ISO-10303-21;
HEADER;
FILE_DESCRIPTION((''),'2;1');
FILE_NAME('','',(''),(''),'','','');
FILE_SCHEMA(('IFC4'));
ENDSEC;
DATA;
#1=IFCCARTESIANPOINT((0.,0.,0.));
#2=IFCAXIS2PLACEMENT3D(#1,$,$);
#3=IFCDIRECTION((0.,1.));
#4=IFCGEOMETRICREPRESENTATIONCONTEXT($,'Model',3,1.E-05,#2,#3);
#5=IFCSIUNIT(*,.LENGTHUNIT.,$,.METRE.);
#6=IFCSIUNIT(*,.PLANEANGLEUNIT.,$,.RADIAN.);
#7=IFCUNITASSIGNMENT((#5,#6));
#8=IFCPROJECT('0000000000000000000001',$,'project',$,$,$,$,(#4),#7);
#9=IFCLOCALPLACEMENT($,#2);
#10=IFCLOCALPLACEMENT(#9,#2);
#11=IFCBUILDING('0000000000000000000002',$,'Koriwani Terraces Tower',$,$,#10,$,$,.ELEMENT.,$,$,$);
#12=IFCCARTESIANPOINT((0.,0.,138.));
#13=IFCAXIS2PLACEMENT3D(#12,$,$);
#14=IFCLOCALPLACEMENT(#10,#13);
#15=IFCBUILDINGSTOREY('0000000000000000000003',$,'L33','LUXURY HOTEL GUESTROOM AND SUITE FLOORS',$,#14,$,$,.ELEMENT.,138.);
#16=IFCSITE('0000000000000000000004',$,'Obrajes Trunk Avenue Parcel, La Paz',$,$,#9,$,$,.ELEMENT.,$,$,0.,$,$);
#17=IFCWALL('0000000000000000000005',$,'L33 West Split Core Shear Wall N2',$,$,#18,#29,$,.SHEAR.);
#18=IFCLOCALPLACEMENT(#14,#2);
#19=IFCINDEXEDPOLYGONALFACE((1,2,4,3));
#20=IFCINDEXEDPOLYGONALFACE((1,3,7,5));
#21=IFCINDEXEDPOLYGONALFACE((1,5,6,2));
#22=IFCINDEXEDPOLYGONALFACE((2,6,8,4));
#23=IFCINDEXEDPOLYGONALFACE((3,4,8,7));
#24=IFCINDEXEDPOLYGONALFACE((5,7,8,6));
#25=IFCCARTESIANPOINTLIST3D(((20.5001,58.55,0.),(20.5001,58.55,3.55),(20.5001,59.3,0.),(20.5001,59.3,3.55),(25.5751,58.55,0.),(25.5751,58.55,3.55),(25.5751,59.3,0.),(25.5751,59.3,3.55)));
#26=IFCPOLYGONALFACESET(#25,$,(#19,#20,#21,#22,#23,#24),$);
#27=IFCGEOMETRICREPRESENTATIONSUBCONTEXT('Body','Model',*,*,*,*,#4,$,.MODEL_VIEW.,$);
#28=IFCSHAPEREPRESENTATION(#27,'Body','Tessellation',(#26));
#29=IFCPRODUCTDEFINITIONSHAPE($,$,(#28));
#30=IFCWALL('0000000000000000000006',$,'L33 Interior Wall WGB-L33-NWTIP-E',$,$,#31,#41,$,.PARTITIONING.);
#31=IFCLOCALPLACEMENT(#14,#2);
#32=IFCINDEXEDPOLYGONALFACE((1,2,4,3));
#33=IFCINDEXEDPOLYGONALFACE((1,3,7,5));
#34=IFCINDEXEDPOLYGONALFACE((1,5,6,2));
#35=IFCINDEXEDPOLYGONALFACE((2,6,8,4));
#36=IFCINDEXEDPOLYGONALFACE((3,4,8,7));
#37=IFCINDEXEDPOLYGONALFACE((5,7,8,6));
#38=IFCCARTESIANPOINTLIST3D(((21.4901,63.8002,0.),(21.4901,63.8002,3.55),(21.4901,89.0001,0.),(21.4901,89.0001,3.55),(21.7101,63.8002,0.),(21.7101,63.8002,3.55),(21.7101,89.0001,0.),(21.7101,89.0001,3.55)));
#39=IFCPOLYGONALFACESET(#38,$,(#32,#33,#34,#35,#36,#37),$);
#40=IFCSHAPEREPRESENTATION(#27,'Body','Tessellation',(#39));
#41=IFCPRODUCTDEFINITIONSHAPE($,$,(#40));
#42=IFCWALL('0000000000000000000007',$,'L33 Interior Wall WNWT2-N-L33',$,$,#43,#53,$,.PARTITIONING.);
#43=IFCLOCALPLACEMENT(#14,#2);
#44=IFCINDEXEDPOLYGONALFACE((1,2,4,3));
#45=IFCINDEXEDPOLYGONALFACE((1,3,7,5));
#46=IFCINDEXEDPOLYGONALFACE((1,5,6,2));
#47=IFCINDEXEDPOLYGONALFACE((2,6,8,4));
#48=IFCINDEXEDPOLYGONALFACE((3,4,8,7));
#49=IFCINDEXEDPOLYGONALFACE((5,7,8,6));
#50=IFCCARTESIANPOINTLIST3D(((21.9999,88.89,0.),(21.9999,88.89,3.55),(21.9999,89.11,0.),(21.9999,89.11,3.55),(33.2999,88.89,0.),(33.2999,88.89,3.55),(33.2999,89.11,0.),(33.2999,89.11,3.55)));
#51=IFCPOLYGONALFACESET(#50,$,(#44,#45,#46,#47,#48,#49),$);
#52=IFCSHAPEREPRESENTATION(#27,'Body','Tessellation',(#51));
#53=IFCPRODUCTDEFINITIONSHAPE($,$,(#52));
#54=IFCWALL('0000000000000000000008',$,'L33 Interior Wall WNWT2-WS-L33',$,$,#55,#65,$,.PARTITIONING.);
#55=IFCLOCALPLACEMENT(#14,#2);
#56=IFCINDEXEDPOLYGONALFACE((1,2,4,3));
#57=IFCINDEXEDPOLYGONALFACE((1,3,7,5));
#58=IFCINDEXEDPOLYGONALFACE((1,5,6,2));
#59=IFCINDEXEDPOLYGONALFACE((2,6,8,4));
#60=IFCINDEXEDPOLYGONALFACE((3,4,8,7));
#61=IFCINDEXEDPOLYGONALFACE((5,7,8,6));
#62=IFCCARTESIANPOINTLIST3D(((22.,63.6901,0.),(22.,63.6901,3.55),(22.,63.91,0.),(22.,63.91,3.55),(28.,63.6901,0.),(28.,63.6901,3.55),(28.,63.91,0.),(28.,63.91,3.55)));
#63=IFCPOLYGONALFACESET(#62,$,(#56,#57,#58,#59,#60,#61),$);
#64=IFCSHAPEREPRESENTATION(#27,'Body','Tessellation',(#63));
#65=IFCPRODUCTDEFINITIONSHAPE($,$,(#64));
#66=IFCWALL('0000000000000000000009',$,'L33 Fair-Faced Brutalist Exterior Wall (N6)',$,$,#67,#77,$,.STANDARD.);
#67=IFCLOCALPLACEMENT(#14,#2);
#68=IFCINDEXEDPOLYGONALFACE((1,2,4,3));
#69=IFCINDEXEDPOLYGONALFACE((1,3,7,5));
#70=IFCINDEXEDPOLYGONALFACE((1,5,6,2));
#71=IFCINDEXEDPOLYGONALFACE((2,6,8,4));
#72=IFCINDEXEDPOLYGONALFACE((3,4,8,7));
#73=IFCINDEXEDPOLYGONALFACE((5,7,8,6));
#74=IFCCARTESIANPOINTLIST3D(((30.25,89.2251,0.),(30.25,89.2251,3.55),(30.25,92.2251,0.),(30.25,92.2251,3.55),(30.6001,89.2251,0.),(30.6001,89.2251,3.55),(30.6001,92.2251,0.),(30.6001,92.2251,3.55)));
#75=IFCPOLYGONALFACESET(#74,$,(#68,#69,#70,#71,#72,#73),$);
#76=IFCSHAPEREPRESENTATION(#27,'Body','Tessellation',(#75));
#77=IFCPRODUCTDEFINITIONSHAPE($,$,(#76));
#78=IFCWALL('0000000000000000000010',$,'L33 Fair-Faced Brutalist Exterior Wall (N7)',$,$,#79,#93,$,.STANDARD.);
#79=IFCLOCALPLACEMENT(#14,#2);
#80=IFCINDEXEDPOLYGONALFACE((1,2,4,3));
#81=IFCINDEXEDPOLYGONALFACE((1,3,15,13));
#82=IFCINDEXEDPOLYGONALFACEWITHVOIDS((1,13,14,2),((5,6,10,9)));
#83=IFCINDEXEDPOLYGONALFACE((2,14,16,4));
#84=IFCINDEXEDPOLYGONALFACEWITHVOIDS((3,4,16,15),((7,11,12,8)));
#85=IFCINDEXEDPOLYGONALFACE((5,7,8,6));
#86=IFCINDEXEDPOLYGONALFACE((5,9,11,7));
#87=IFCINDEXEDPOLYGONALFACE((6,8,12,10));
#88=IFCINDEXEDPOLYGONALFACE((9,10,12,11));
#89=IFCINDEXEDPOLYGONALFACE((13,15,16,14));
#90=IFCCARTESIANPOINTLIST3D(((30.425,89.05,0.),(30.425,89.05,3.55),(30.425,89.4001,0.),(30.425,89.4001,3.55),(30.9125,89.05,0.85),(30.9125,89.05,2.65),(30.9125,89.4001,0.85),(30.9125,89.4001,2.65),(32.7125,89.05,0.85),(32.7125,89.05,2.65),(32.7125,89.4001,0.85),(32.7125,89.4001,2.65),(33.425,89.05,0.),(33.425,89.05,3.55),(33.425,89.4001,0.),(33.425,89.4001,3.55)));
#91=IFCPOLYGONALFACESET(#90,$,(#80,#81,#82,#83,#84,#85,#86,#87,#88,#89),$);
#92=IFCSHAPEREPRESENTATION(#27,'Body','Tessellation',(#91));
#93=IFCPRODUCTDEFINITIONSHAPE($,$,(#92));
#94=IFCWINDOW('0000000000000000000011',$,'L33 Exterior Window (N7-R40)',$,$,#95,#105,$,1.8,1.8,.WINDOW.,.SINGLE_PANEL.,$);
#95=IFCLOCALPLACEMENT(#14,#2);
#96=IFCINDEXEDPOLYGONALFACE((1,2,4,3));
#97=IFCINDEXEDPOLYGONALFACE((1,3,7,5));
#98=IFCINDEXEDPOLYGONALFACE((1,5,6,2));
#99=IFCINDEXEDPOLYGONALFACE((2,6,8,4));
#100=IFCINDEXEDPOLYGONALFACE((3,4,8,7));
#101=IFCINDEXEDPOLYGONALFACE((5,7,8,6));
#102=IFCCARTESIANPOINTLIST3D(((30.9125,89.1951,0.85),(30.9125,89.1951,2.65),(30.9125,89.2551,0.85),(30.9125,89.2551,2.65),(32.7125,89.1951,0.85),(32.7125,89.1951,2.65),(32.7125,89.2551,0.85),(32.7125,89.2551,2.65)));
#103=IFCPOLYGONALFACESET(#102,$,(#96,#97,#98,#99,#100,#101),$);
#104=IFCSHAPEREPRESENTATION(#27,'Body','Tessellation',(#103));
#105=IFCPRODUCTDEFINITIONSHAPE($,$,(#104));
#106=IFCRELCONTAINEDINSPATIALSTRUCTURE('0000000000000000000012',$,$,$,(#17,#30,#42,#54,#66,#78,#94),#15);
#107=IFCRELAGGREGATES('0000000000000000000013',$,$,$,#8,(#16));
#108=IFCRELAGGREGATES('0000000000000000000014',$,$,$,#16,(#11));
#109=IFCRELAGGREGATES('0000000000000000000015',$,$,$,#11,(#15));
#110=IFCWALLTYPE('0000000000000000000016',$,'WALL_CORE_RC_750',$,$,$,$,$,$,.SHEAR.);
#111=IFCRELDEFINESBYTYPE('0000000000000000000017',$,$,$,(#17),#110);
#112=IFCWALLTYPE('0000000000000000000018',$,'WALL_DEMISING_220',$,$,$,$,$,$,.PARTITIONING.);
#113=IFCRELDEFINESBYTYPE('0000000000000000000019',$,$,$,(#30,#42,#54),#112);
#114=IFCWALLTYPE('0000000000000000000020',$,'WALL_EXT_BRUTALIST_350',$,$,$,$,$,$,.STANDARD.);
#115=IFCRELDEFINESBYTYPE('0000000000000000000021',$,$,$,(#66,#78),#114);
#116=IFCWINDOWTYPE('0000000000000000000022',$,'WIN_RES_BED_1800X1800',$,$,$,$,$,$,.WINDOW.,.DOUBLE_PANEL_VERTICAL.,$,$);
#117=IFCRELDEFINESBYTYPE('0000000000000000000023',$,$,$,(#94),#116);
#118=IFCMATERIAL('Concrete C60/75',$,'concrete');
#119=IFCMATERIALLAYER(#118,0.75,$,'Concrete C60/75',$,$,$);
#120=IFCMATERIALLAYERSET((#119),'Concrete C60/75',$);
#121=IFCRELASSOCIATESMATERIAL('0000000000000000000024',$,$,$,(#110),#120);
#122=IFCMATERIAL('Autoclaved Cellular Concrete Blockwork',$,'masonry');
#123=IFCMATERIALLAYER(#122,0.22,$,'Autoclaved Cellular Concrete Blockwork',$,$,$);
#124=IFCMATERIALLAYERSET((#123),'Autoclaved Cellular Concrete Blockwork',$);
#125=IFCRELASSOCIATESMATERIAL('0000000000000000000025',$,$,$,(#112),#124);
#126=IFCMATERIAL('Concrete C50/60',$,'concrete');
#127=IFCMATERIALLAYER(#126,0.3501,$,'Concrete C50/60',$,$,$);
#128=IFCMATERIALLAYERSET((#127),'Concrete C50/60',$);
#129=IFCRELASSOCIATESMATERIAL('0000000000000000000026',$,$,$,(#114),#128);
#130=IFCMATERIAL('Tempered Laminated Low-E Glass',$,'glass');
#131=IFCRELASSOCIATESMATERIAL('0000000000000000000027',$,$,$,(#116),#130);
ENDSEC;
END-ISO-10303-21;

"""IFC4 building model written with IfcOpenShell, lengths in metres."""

from ifc_helpers import new_model, si_unit, direction, frame, frame_2d, origin, place, context, subcontext, project, spatial, rectangle, extrude, material, layer, layer_set, type_object, element, fill, save


model = new_model("IFC4")

# Units and contexts
model_context = context("Model", 3, precision=1e-05, world=origin(), true_north=direction((0.0, 1.0)))
body_context = subcontext(model_context, "Body", "Model", "MODEL_VIEW")
ifc_project = project(units=[si_unit("LENGTHUNIT", "METRE"), si_unit("PLANEANGLEUNIT", "RADIAN")], contexts=[model_context])

# Site, building, storey
site_placement = place(None, origin())
site = spatial("IfcSite", under=ifc_project, at=site_placement, Name="Obrajes Trunk Avenue Parcel, La Paz", CompositionType="ELEMENT", RefElevation=0.0)
building_placement = place(site_placement, origin())
building = spatial("IfcBuilding", under=site, at=building_placement, Name="Koriwani Terraces Tower", CompositionType="ELEMENT")
storey_placement = place(building_placement, frame((0.0, 0.0, 138.0)))
storey = spatial("IfcBuildingStorey", under=building, at=storey_placement, Name="L33", Description="LUXURY HOTEL GUESTROOM AND SUITE FLOORS", CompositionType="ELEMENT", Elevation=138.0)

# Shared definitions
ifc_material_1 = material(Name="Concrete C60/75", Category="concrete")

# Shared definitions
ifc_material_2 = material(Name="Concrete C50/60", Category="concrete")

# Walls
ifc_layer_1 = layer(ifc_material_1, 0.75, Name="Concrete C60/75")
ifc_layer_set_1 = layer_set([ifc_layer_1], Name="Concrete C60/75")
wall_type_1 = type_object("IfcWallType", Name="WALL_CORE_RC_750", PredefinedType="SHEAR", material=ifc_layer_set_1)
wall_1_placement = place(storey_placement, frame((20.5, 58.925, 0.0), z_axis=(0.0, 0.0, 1.0), x_axis=(1.0, 0.0, 0.0)))
element("IfcWall", 1, at=wall_1_placement, inside=storey, type_object=wall_type_1, Name="L33 West Split Core Shear Wall N2", PredefinedType="SHEAR", context=body_context, shape_type="SweptSolid", body=[
    extrude(rectangle(XDim=5.075, YDim=0.75, at=frame_2d((2.5376, 0.0))), origin(), (0.0, 0.0, 1.0), 3.55),
])
ifc_material_3 = material(Name="Autoclaved Cellular Concrete Blockwork", Category="masonry")
ifc_layer_2 = layer(ifc_material_3, 0.22, Name="Autoclaved Cellular Concrete Blockwork")
ifc_layer_set_2 = layer_set([ifc_layer_2], Name="Autoclaved Cellular Concrete Blockwork")
wall_type_2 = type_object("IfcWallType", Name="WALL_DEMISING_220", PredefinedType="PARTITIONING", material=ifc_layer_set_2)
wall_2_placement = place(storey_placement, frame((21.6001, 63.8, 0.0), z_axis=(0.0, 0.0, 1.0), x_axis=(0.0, 1.0, 0.0)))
element("IfcWall", 2, at=wall_2_placement, inside=storey, type_object=wall_type_2, Name="L33 Interior Wall WGB-L33-NWTIP-E", PredefinedType="PARTITIONING", context=body_context, shape_type="SweptSolid", body=[
    extrude(rectangle(XDim=25.2, YDim=0.22, at=frame_2d((12.6001, 0.0))), origin(), (0.0, 0.0, 1.0), 3.55),
])
wall_3_placement = place(storey_placement, frame((22.0, 89.0, 0.0), z_axis=(0.0, 0.0, 1.0), x_axis=(1.0, 0.0, 0.0)))
element("IfcWall", 3, at=wall_3_placement, inside=storey, type_object=wall_type_2, Name="L33 Interior Wall WNWT2-N-L33", PredefinedType="PARTITIONING", context=body_context, shape_type="SweptSolid", body=[
    extrude(rectangle(XDim=11.3, YDim=0.22, at=frame_2d((5.6499, 0.0))), origin(), (0.0, 0.0, 1.0), 3.55),
])
wall_4_placement = place(storey_placement, frame((22.0, 63.8, 0.0), z_axis=(0.0, 0.0, 1.0), x_axis=(1.0, 0.0, 0.0)))
element("IfcWall", 4, at=wall_4_placement, inside=storey, type_object=wall_type_2, Name="L33 Interior Wall WNWT2-WS-L33", PredefinedType="PARTITIONING", context=body_context, shape_type="SweptSolid", body=[
    extrude(rectangle(XDim=6.0, YDim=0.22, at=frame_2d((3.0, 0.0))), origin(), (0.0, 0.0, 1.0), 3.55),
])
ifc_layer_3 = layer(ifc_material_2, 0.3501, Name="Concrete C50/60")
ifc_layer_set_3 = layer_set([ifc_layer_3], Name="Concrete C50/60")
wall_type_3 = type_object("IfcWallType", Name="WALL_EXT_BRUTALIST_350", PredefinedType="STANDARD", material=ifc_layer_set_3)
wall_5_placement = place(storey_placement, frame((30.425, 92.2251, 0.0), z_axis=(0.0, 0.0, 1.0), x_axis=(0.0, -1.0, 0.0)))
element("IfcWall", 5, at=wall_5_placement, inside=storey, type_object=wall_type_3, Name="L33 Fair-Faced Brutalist Exterior Wall (N6)", PredefinedType="STANDARD", context=body_context, shape_type="SweptSolid", body=[
    extrude(rectangle(XDim=3.0, YDim=0.3501, at=frame_2d((1.5, 0.0))), origin(), (0.0, 0.0, 1.0), 3.55),
])

# Wall, opening, window
wall_6_placement = place(storey_placement, frame((30.425, 89.2251, 0.0), z_axis=(0.0, 0.0, 1.0), x_axis=(1.0, 0.0, 0.0)))
wall_6 = element("IfcWall", 6, at=wall_6_placement, inside=storey, type_object=wall_type_3, Name="L33 Fair-Faced Brutalist Exterior Wall (N7)", PredefinedType="STANDARD", context=body_context, shape_type="SweptSolid", body=[
    extrude(rectangle(XDim=3.0, YDim=0.3501, at=frame_2d((1.5, 0.0))), origin(), (0.0, 0.0, 1.0), 3.55),
])
opening_1_placement = place(wall_6_placement, frame((0.4875, 0.0, 0.8501)))
opening_1 = element("IfcOpeningElement", 7, at=opening_1_placement, cuts=wall_6, PredefinedType="OPENING", context=body_context, shape_type="SweptSolid", body=[
    extrude(rectangle(XDim=1.8, YDim=1.8, at=frame_2d((0.8999, 0.8999))), frame((0.0, 0.1851, 0.0), z_axis=(0.0, -1.0, 0.0), x_axis=(1.0, 0.0, 0.0)), (0.0, 0.0, 1.0), 0.3701),
])
ifc_material_4 = material(Name="Tempered Laminated Low-E Glass", Category="glass")
window_type_1 = type_object("IfcWindowType", Name="WIN_RES_BED_1800X1800", PartitioningType="DOUBLE_PANEL_VERTICAL", PredefinedType="WINDOW", material=ifc_material_4)
window_1_placement = place(opening_1_placement, origin())
window_1 = element("IfcWindow", 8, at=window_1_placement, inside=storey, type_object=window_type_1, Name="L33 Exterior Window (N7-R40)", OverallHeight=1.8, OverallWidth=1.8, PartitioningType="SINGLE_PANEL", PredefinedType="WINDOW", context=body_context, shape_type="SweptSolid", body=[
    extrude(rectangle(XDim=1.8, YDim=1.8, at=frame_2d((0.8999, 0.8999))), frame((0.0, 0.03, 0.0), z_axis=(0.0, -1.0, 0.0), x_axis=(1.0, 0.0, 0.0)), (0.0, 0.0, 1.0), 0.0601),
])
fill(opening_1, window_1)

save(model, "model.ifc")
